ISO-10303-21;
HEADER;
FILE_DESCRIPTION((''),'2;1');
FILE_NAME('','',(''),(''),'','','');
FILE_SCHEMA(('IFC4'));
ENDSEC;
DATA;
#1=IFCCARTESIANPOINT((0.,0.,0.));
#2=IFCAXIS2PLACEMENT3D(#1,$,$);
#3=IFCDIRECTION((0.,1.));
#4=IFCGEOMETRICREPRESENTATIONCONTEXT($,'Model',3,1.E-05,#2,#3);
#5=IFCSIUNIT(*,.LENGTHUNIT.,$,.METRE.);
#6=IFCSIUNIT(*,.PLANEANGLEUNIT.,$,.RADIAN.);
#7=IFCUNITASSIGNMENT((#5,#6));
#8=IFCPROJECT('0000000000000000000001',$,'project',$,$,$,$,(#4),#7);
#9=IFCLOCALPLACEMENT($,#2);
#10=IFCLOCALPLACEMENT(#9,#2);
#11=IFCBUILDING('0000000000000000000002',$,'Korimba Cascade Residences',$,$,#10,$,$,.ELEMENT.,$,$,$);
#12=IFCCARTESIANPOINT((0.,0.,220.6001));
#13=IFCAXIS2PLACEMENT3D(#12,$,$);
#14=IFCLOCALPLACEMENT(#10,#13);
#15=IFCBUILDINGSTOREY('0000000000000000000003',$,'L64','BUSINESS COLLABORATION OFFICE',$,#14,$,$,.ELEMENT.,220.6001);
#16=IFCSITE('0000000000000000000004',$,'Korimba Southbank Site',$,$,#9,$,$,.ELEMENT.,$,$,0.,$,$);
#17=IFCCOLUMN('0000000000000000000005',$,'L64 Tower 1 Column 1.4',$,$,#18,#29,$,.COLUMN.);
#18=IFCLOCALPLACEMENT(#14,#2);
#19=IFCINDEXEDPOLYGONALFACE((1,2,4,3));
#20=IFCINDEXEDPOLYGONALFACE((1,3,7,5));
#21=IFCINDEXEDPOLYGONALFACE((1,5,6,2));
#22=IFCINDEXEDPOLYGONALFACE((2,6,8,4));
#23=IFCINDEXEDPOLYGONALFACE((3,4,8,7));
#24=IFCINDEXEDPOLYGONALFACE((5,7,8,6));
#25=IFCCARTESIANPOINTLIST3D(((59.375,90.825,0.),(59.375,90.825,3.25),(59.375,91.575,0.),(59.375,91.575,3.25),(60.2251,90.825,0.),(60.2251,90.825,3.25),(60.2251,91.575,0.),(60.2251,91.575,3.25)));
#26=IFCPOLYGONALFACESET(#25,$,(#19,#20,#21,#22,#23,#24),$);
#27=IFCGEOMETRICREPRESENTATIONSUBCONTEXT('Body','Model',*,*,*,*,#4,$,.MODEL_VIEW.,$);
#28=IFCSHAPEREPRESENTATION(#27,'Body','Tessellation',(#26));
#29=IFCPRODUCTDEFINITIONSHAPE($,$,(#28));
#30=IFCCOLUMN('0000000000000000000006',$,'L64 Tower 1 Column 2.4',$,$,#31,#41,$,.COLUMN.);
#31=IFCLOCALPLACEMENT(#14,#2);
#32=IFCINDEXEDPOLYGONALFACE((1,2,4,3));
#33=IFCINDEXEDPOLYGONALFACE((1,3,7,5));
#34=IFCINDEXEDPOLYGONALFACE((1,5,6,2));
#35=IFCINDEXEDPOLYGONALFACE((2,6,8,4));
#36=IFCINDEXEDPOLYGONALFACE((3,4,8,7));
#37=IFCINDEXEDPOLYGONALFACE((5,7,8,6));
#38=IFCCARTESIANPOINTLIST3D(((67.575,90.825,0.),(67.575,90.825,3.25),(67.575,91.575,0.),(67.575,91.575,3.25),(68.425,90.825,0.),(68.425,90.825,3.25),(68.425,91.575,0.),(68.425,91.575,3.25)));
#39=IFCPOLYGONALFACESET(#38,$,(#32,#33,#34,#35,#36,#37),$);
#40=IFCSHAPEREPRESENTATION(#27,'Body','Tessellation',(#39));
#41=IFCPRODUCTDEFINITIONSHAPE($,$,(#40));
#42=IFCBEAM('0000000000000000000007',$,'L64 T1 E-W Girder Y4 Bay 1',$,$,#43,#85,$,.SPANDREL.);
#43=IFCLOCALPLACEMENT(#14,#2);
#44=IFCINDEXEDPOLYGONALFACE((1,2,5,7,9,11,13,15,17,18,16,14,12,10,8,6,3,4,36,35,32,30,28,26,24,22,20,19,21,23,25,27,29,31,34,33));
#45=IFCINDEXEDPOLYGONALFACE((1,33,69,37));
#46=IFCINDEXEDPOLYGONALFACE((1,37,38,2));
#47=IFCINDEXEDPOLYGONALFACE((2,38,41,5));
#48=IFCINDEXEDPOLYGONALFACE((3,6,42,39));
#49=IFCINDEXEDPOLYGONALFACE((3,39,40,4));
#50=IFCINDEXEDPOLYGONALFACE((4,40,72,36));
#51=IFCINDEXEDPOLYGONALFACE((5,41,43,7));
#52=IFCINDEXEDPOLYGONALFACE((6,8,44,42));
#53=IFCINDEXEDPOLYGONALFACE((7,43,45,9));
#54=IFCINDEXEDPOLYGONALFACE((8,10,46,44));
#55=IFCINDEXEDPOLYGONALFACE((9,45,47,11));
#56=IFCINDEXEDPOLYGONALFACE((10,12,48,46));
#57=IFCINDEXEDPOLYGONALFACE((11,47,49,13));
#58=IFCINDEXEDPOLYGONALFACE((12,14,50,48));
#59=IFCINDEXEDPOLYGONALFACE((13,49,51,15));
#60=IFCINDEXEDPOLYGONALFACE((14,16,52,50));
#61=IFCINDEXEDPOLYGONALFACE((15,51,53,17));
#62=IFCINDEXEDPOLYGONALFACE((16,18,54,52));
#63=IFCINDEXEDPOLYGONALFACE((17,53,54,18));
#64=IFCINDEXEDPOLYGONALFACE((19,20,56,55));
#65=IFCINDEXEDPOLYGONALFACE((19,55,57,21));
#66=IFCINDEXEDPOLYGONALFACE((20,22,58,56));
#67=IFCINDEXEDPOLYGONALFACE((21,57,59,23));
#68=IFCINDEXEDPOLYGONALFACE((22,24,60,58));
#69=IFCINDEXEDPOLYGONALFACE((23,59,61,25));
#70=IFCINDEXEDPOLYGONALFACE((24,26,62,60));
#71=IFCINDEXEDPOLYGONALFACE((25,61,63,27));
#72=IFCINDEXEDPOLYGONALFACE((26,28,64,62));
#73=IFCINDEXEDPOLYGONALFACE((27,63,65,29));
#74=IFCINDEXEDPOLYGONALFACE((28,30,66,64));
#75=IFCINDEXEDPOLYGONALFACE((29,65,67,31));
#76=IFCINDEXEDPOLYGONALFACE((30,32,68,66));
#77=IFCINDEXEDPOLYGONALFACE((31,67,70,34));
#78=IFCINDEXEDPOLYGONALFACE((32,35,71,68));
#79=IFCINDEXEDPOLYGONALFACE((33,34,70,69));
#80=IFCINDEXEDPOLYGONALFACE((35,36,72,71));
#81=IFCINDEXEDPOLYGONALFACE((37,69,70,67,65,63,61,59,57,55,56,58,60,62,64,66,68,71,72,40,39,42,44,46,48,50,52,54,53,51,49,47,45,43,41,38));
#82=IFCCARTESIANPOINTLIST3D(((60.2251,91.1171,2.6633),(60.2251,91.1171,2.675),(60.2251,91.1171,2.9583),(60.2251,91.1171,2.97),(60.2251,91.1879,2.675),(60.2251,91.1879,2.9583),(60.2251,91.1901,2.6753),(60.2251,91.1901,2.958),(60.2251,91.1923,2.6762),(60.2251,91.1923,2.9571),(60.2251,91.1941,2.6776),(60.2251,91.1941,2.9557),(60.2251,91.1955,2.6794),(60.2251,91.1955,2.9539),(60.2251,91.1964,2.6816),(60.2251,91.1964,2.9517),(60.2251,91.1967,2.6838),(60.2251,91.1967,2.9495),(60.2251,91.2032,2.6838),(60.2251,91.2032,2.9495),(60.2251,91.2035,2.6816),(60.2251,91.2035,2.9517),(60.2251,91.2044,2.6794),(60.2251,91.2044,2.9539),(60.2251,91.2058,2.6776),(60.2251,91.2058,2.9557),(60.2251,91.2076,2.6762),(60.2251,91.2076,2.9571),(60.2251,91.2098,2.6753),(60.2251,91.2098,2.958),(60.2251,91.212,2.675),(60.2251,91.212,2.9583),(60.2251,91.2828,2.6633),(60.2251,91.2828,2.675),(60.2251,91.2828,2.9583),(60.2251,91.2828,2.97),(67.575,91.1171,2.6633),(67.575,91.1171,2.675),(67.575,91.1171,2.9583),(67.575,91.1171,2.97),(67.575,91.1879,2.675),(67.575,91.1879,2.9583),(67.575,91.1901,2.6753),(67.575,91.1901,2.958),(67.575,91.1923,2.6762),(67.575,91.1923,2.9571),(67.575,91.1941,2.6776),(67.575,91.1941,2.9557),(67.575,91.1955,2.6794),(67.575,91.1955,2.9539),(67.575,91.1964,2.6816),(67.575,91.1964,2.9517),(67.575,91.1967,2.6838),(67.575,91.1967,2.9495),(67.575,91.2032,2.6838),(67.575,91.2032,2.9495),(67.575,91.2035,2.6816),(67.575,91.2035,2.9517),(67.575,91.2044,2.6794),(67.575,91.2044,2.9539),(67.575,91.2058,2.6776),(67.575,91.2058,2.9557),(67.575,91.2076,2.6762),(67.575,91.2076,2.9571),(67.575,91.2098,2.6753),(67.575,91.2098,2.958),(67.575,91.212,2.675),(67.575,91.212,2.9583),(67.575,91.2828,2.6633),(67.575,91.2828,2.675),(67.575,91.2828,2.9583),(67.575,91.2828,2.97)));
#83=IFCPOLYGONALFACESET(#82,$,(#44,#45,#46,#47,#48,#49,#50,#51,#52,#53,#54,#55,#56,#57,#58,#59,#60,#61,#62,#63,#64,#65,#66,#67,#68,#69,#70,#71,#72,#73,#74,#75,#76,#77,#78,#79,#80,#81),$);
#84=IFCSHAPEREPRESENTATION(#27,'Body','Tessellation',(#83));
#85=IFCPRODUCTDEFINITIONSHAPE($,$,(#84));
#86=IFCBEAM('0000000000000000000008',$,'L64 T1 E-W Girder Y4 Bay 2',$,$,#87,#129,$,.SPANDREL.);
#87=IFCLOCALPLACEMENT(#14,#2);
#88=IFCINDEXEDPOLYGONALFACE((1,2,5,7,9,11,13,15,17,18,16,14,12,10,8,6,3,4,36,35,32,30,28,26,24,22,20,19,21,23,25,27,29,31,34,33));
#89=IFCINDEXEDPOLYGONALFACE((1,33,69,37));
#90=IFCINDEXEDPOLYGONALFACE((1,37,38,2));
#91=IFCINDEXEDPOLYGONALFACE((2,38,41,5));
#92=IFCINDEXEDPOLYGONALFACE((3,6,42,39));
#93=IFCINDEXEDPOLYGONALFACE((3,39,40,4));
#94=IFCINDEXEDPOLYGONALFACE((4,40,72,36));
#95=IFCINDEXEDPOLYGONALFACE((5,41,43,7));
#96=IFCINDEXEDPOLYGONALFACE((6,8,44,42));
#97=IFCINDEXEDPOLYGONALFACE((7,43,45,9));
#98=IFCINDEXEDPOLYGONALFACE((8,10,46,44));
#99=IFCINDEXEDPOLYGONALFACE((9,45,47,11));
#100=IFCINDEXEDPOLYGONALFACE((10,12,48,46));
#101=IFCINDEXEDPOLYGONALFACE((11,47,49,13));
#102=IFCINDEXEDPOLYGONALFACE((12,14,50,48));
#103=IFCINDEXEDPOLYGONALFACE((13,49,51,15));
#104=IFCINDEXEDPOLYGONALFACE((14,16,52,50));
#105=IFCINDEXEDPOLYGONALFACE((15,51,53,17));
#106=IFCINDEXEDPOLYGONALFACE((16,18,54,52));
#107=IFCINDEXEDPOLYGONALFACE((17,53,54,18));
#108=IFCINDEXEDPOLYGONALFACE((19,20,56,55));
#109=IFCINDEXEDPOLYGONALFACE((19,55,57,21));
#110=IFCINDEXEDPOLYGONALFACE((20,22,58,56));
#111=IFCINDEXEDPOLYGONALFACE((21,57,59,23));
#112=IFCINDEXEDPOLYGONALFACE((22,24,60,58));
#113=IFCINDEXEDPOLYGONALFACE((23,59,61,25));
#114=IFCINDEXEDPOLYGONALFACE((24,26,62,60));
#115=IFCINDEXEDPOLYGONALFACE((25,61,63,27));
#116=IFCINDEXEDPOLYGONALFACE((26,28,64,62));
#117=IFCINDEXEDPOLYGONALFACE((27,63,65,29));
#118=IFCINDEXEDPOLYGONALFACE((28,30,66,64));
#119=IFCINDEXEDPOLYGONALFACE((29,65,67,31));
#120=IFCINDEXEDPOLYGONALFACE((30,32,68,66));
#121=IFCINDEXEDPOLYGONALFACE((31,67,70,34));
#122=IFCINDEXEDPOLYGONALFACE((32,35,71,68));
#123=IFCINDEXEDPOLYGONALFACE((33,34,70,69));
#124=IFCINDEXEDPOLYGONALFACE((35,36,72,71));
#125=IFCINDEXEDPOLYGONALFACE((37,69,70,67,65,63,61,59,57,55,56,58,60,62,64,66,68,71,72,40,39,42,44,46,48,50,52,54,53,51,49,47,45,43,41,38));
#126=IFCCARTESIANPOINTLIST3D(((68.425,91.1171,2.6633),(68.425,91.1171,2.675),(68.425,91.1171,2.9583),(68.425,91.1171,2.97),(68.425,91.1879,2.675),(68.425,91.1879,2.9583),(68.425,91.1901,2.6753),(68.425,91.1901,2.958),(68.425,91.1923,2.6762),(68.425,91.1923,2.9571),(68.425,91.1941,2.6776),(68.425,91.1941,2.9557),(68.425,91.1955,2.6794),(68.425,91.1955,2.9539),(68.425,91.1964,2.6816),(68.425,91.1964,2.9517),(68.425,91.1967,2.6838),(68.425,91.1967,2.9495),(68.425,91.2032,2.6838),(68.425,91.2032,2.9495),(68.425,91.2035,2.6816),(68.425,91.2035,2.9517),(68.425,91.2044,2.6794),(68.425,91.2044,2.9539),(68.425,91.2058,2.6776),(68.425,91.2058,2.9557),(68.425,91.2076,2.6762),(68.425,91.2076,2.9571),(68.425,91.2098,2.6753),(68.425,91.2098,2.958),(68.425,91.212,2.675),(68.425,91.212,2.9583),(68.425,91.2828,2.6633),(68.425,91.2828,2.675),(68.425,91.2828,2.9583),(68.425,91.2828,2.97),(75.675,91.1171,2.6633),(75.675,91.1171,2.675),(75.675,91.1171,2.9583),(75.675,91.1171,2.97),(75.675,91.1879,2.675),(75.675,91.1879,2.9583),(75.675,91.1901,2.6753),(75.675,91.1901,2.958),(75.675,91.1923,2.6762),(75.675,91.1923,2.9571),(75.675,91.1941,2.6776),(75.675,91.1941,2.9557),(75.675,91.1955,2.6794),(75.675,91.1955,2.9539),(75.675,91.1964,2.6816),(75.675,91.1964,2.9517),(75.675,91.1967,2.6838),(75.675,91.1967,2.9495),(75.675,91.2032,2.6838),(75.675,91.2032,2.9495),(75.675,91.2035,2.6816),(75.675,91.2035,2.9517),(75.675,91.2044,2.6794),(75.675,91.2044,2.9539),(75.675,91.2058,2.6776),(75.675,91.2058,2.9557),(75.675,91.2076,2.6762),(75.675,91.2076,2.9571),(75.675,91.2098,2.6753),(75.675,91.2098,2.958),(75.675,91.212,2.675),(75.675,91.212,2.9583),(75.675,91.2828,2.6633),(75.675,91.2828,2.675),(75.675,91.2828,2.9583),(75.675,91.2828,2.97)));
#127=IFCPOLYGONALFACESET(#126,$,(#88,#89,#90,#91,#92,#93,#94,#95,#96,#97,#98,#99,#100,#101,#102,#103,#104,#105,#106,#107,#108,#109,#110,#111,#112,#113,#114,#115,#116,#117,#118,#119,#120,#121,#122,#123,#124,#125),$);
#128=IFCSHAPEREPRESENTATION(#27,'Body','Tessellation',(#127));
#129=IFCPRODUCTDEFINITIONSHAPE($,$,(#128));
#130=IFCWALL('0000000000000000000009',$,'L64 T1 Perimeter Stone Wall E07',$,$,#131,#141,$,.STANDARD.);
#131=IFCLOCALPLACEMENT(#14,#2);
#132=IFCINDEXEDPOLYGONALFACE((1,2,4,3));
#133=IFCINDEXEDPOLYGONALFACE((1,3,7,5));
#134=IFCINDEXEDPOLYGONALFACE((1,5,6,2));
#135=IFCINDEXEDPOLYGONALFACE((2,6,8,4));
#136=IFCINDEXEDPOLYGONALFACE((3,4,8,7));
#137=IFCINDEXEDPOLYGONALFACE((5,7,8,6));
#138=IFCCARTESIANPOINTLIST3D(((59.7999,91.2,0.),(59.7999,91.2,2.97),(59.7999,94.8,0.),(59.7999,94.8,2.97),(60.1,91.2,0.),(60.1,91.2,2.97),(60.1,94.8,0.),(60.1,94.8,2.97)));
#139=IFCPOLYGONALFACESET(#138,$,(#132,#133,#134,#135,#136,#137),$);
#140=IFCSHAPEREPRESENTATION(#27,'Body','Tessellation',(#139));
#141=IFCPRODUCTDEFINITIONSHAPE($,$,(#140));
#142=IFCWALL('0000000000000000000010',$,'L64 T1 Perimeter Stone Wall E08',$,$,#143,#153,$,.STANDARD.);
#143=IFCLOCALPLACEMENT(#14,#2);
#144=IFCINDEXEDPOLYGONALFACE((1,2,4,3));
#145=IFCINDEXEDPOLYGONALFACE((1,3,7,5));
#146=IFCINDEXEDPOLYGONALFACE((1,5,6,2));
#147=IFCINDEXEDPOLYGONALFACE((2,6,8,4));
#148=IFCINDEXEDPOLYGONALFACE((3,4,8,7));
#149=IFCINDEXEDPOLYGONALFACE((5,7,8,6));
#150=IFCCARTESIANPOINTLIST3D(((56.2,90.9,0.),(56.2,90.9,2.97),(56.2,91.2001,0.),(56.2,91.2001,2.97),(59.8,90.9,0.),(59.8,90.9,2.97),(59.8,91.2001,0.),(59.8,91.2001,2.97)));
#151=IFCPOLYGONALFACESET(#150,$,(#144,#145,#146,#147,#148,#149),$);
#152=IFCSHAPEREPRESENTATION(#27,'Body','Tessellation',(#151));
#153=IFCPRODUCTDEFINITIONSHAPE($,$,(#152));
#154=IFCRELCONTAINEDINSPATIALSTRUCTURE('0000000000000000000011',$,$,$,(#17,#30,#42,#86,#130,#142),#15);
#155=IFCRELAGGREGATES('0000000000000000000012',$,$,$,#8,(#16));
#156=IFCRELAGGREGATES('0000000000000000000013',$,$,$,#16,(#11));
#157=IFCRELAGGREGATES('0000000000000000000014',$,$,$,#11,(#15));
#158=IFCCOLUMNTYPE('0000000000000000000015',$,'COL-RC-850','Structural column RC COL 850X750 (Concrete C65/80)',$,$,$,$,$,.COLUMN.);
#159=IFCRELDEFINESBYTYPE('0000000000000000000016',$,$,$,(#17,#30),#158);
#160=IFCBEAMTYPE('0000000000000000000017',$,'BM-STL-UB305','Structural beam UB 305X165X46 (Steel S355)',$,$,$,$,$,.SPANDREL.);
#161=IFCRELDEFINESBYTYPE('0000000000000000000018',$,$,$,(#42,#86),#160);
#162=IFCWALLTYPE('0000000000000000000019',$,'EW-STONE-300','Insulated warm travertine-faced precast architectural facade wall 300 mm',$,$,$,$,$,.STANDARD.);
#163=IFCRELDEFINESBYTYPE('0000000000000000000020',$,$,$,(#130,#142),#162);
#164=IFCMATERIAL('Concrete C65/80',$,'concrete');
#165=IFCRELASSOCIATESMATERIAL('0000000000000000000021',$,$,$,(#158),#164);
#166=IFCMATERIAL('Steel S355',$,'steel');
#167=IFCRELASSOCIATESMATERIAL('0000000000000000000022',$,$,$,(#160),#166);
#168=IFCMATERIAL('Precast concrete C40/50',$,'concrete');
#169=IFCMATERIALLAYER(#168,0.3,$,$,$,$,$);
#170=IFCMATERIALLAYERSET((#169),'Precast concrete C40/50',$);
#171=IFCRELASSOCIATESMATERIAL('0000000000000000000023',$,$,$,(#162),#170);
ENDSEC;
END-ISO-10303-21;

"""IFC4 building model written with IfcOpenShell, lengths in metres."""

from ifc_helpers import new_model, si_unit, direction, frame, frame_2d, origin, origin_2d, place, context, subcontext, project, spatial, rectangle, i_section, extrude, material, layer, layer_set, material_profile, profile_set, type_object, element, save


model = new_model("IFC4")

# Units and contexts
model_context = context("Model", 3, precision=1e-05, world=origin(), true_north=direction((0.0, 1.0)))
body_context = subcontext(model_context, "Body", "Model", "MODEL_VIEW")
ifc_project = project(units=[si_unit("LENGTHUNIT", "METRE"), si_unit("PLANEANGLEUNIT", "RADIAN")], contexts=[model_context])

# Site, building, storey
site_placement = place(None, origin())
site = spatial("IfcSite", under=ifc_project, at=site_placement, Name="Korimba Southbank Site", CompositionType="ELEMENT", RefElevation=0.0)
building_placement = place(site_placement, origin())
building = spatial("IfcBuilding", under=site, at=building_placement, Name="Korimba Cascade Residences", CompositionType="ELEMENT")
storey_placement = place(building_placement, frame((0.0, 0.0, 220.6001)))
storey = spatial("IfcBuildingStorey", under=building, at=storey_placement, Name="L64", Description="BUSINESS COLLABORATION OFFICE", CompositionType="ELEMENT", Elevation=220.6001)

# Columns
ifc_material_1 = material(Name="Concrete C65/80", Category="concrete")
ifc_material_profile_1 = material_profile(ifc_material_1, rectangle(XDim=0.8501, YDim=0.75, at=origin_2d()), Name="Concrete C65/80")
ifc_profile_set_1 = profile_set([ifc_material_profile_1], Name="Concrete C65/80")
column_type = type_object("IfcColumnType", Name="COL-RC-850", Description="Structural column RC COL 850X750 (Concrete C65/80)", PredefinedType="COLUMN", material=ifc_profile_set_1)
for number, where, z_axis, x_axis, name in (
    (1, (59.8, 91.2, 0.0), (0.0, 0.0, 1.0), (1.0, 0.0, 0.0), "L64 Tower 1 Column 1.4"),
    (2, (68.0, 91.2, 0.0), (0.0, 0.0, 1.0), (1.0, 0.0, 0.0), "L64 Tower 1 Column 2.4"),
):
    element("IfcColumn", number, at=place(storey_placement, frame(where, z_axis=z_axis, x_axis=x_axis)), inside=storey, type_object=column_type, Name=name, PredefinedType="COLUMN", context=body_context, shape_type="SweptSolid", body=[
        extrude(rectangle(XDim=0.8501, YDim=0.75, at=origin_2d()), origin(), (0.0, 0.0, 1.0), 3.25),
    ])

# Beams
ifc_material_2 = material(Name="Steel S355", Category="steel")
ifc_material_profile_2 = material_profile(ifc_material_2, i_section(OverallWidth=0.1658, OverallDepth=0.3066, WebThickness=0.0066, FlangeThickness=0.0117, FilletRadius=0.0088, at=origin_2d()), Name="Steel S355")
ifc_profile_set_2 = profile_set([ifc_material_profile_2], Name="Steel S355")
beam_type = type_object("IfcBeamType", Name="BM-STL-UB305", Description="Structural beam UB 305X165X46 (Steel S355)", PredefinedType="SPANDREL", material=ifc_profile_set_2)
beam_1_placement = place(storey_placement, frame((60.2251, 91.2, 2.8167), z_axis=(1.0, 0.0, 0.0), x_axis=(0.0, 1.0, 0.0)))
element("IfcBeam", 3, at=beam_1_placement, inside=storey, type_object=beam_type, Name="L64 T1 E-W Girder Y4 Bay 1", PredefinedType="SPANDREL", context=body_context, shape_type="SweptSolid", body=[
    extrude(i_section(OverallWidth=0.1658, OverallDepth=0.3066, WebThickness=0.0066, FlangeThickness=0.0117, FilletRadius=0.0088, at=origin_2d()), origin(), (0.0, 0.0, 1.0), 7.3499),
])
beam_2_placement = place(storey_placement, frame((68.425, 91.2, 2.8167), z_axis=(1.0, 0.0, 0.0), x_axis=(0.0, 1.0, 0.0)))
element("IfcBeam", 4, at=beam_2_placement, inside=storey, type_object=beam_type, Name="L64 T1 E-W Girder Y4 Bay 2", PredefinedType="SPANDREL", context=body_context, shape_type="SweptSolid", body=[
    extrude(i_section(OverallWidth=0.1658, OverallDepth=0.3066, WebThickness=0.0066, FlangeThickness=0.0117, FilletRadius=0.0088, at=origin_2d()), origin(), (0.0, 0.0, 1.0), 7.25),
])

# Walls
ifc_material_3 = material(Name="Precast concrete C40/50", Category="concrete")
ifc_layer_1 = layer(ifc_material_3, 0.3)
ifc_layer_set_1 = layer_set([ifc_layer_1], Name="Precast concrete C40/50")
wall_type_1 = type_object("IfcWallType", Name="EW-STONE-300", Description="Insulated warm travertine-faced precast architectural facade wall 300 mm", PredefinedType="STANDARD", material=ifc_layer_set_1)
for number, where, z_axis, x_axis, name in (
    (5, (59.95, 94.8, 0.0), (0.0, 0.0, 1.0), (0.0, -1.0, 0.0), "L64 T1 Perimeter Stone Wall E07"),
    (6, (59.8, 91.05, 0.0), (0.0, 0.0, 1.0), (-1.0, 0.0, 0.0), "L64 T1 Perimeter Stone Wall E08"),
):
    element("IfcWall", number, at=place(storey_placement, frame(where, z_axis=z_axis, x_axis=x_axis)), inside=storey, type_object=wall_type_1, Name=name, PredefinedType="STANDARD", context=body_context, shape_type="SweptSolid", body=[
        extrude(rectangle(XDim=3.6001, YDim=0.3, at=frame_2d((1.8, 0.0))), origin(), (0.0, 0.0, 1.0), 2.97),
    ])

save(model, "model.ifc")
